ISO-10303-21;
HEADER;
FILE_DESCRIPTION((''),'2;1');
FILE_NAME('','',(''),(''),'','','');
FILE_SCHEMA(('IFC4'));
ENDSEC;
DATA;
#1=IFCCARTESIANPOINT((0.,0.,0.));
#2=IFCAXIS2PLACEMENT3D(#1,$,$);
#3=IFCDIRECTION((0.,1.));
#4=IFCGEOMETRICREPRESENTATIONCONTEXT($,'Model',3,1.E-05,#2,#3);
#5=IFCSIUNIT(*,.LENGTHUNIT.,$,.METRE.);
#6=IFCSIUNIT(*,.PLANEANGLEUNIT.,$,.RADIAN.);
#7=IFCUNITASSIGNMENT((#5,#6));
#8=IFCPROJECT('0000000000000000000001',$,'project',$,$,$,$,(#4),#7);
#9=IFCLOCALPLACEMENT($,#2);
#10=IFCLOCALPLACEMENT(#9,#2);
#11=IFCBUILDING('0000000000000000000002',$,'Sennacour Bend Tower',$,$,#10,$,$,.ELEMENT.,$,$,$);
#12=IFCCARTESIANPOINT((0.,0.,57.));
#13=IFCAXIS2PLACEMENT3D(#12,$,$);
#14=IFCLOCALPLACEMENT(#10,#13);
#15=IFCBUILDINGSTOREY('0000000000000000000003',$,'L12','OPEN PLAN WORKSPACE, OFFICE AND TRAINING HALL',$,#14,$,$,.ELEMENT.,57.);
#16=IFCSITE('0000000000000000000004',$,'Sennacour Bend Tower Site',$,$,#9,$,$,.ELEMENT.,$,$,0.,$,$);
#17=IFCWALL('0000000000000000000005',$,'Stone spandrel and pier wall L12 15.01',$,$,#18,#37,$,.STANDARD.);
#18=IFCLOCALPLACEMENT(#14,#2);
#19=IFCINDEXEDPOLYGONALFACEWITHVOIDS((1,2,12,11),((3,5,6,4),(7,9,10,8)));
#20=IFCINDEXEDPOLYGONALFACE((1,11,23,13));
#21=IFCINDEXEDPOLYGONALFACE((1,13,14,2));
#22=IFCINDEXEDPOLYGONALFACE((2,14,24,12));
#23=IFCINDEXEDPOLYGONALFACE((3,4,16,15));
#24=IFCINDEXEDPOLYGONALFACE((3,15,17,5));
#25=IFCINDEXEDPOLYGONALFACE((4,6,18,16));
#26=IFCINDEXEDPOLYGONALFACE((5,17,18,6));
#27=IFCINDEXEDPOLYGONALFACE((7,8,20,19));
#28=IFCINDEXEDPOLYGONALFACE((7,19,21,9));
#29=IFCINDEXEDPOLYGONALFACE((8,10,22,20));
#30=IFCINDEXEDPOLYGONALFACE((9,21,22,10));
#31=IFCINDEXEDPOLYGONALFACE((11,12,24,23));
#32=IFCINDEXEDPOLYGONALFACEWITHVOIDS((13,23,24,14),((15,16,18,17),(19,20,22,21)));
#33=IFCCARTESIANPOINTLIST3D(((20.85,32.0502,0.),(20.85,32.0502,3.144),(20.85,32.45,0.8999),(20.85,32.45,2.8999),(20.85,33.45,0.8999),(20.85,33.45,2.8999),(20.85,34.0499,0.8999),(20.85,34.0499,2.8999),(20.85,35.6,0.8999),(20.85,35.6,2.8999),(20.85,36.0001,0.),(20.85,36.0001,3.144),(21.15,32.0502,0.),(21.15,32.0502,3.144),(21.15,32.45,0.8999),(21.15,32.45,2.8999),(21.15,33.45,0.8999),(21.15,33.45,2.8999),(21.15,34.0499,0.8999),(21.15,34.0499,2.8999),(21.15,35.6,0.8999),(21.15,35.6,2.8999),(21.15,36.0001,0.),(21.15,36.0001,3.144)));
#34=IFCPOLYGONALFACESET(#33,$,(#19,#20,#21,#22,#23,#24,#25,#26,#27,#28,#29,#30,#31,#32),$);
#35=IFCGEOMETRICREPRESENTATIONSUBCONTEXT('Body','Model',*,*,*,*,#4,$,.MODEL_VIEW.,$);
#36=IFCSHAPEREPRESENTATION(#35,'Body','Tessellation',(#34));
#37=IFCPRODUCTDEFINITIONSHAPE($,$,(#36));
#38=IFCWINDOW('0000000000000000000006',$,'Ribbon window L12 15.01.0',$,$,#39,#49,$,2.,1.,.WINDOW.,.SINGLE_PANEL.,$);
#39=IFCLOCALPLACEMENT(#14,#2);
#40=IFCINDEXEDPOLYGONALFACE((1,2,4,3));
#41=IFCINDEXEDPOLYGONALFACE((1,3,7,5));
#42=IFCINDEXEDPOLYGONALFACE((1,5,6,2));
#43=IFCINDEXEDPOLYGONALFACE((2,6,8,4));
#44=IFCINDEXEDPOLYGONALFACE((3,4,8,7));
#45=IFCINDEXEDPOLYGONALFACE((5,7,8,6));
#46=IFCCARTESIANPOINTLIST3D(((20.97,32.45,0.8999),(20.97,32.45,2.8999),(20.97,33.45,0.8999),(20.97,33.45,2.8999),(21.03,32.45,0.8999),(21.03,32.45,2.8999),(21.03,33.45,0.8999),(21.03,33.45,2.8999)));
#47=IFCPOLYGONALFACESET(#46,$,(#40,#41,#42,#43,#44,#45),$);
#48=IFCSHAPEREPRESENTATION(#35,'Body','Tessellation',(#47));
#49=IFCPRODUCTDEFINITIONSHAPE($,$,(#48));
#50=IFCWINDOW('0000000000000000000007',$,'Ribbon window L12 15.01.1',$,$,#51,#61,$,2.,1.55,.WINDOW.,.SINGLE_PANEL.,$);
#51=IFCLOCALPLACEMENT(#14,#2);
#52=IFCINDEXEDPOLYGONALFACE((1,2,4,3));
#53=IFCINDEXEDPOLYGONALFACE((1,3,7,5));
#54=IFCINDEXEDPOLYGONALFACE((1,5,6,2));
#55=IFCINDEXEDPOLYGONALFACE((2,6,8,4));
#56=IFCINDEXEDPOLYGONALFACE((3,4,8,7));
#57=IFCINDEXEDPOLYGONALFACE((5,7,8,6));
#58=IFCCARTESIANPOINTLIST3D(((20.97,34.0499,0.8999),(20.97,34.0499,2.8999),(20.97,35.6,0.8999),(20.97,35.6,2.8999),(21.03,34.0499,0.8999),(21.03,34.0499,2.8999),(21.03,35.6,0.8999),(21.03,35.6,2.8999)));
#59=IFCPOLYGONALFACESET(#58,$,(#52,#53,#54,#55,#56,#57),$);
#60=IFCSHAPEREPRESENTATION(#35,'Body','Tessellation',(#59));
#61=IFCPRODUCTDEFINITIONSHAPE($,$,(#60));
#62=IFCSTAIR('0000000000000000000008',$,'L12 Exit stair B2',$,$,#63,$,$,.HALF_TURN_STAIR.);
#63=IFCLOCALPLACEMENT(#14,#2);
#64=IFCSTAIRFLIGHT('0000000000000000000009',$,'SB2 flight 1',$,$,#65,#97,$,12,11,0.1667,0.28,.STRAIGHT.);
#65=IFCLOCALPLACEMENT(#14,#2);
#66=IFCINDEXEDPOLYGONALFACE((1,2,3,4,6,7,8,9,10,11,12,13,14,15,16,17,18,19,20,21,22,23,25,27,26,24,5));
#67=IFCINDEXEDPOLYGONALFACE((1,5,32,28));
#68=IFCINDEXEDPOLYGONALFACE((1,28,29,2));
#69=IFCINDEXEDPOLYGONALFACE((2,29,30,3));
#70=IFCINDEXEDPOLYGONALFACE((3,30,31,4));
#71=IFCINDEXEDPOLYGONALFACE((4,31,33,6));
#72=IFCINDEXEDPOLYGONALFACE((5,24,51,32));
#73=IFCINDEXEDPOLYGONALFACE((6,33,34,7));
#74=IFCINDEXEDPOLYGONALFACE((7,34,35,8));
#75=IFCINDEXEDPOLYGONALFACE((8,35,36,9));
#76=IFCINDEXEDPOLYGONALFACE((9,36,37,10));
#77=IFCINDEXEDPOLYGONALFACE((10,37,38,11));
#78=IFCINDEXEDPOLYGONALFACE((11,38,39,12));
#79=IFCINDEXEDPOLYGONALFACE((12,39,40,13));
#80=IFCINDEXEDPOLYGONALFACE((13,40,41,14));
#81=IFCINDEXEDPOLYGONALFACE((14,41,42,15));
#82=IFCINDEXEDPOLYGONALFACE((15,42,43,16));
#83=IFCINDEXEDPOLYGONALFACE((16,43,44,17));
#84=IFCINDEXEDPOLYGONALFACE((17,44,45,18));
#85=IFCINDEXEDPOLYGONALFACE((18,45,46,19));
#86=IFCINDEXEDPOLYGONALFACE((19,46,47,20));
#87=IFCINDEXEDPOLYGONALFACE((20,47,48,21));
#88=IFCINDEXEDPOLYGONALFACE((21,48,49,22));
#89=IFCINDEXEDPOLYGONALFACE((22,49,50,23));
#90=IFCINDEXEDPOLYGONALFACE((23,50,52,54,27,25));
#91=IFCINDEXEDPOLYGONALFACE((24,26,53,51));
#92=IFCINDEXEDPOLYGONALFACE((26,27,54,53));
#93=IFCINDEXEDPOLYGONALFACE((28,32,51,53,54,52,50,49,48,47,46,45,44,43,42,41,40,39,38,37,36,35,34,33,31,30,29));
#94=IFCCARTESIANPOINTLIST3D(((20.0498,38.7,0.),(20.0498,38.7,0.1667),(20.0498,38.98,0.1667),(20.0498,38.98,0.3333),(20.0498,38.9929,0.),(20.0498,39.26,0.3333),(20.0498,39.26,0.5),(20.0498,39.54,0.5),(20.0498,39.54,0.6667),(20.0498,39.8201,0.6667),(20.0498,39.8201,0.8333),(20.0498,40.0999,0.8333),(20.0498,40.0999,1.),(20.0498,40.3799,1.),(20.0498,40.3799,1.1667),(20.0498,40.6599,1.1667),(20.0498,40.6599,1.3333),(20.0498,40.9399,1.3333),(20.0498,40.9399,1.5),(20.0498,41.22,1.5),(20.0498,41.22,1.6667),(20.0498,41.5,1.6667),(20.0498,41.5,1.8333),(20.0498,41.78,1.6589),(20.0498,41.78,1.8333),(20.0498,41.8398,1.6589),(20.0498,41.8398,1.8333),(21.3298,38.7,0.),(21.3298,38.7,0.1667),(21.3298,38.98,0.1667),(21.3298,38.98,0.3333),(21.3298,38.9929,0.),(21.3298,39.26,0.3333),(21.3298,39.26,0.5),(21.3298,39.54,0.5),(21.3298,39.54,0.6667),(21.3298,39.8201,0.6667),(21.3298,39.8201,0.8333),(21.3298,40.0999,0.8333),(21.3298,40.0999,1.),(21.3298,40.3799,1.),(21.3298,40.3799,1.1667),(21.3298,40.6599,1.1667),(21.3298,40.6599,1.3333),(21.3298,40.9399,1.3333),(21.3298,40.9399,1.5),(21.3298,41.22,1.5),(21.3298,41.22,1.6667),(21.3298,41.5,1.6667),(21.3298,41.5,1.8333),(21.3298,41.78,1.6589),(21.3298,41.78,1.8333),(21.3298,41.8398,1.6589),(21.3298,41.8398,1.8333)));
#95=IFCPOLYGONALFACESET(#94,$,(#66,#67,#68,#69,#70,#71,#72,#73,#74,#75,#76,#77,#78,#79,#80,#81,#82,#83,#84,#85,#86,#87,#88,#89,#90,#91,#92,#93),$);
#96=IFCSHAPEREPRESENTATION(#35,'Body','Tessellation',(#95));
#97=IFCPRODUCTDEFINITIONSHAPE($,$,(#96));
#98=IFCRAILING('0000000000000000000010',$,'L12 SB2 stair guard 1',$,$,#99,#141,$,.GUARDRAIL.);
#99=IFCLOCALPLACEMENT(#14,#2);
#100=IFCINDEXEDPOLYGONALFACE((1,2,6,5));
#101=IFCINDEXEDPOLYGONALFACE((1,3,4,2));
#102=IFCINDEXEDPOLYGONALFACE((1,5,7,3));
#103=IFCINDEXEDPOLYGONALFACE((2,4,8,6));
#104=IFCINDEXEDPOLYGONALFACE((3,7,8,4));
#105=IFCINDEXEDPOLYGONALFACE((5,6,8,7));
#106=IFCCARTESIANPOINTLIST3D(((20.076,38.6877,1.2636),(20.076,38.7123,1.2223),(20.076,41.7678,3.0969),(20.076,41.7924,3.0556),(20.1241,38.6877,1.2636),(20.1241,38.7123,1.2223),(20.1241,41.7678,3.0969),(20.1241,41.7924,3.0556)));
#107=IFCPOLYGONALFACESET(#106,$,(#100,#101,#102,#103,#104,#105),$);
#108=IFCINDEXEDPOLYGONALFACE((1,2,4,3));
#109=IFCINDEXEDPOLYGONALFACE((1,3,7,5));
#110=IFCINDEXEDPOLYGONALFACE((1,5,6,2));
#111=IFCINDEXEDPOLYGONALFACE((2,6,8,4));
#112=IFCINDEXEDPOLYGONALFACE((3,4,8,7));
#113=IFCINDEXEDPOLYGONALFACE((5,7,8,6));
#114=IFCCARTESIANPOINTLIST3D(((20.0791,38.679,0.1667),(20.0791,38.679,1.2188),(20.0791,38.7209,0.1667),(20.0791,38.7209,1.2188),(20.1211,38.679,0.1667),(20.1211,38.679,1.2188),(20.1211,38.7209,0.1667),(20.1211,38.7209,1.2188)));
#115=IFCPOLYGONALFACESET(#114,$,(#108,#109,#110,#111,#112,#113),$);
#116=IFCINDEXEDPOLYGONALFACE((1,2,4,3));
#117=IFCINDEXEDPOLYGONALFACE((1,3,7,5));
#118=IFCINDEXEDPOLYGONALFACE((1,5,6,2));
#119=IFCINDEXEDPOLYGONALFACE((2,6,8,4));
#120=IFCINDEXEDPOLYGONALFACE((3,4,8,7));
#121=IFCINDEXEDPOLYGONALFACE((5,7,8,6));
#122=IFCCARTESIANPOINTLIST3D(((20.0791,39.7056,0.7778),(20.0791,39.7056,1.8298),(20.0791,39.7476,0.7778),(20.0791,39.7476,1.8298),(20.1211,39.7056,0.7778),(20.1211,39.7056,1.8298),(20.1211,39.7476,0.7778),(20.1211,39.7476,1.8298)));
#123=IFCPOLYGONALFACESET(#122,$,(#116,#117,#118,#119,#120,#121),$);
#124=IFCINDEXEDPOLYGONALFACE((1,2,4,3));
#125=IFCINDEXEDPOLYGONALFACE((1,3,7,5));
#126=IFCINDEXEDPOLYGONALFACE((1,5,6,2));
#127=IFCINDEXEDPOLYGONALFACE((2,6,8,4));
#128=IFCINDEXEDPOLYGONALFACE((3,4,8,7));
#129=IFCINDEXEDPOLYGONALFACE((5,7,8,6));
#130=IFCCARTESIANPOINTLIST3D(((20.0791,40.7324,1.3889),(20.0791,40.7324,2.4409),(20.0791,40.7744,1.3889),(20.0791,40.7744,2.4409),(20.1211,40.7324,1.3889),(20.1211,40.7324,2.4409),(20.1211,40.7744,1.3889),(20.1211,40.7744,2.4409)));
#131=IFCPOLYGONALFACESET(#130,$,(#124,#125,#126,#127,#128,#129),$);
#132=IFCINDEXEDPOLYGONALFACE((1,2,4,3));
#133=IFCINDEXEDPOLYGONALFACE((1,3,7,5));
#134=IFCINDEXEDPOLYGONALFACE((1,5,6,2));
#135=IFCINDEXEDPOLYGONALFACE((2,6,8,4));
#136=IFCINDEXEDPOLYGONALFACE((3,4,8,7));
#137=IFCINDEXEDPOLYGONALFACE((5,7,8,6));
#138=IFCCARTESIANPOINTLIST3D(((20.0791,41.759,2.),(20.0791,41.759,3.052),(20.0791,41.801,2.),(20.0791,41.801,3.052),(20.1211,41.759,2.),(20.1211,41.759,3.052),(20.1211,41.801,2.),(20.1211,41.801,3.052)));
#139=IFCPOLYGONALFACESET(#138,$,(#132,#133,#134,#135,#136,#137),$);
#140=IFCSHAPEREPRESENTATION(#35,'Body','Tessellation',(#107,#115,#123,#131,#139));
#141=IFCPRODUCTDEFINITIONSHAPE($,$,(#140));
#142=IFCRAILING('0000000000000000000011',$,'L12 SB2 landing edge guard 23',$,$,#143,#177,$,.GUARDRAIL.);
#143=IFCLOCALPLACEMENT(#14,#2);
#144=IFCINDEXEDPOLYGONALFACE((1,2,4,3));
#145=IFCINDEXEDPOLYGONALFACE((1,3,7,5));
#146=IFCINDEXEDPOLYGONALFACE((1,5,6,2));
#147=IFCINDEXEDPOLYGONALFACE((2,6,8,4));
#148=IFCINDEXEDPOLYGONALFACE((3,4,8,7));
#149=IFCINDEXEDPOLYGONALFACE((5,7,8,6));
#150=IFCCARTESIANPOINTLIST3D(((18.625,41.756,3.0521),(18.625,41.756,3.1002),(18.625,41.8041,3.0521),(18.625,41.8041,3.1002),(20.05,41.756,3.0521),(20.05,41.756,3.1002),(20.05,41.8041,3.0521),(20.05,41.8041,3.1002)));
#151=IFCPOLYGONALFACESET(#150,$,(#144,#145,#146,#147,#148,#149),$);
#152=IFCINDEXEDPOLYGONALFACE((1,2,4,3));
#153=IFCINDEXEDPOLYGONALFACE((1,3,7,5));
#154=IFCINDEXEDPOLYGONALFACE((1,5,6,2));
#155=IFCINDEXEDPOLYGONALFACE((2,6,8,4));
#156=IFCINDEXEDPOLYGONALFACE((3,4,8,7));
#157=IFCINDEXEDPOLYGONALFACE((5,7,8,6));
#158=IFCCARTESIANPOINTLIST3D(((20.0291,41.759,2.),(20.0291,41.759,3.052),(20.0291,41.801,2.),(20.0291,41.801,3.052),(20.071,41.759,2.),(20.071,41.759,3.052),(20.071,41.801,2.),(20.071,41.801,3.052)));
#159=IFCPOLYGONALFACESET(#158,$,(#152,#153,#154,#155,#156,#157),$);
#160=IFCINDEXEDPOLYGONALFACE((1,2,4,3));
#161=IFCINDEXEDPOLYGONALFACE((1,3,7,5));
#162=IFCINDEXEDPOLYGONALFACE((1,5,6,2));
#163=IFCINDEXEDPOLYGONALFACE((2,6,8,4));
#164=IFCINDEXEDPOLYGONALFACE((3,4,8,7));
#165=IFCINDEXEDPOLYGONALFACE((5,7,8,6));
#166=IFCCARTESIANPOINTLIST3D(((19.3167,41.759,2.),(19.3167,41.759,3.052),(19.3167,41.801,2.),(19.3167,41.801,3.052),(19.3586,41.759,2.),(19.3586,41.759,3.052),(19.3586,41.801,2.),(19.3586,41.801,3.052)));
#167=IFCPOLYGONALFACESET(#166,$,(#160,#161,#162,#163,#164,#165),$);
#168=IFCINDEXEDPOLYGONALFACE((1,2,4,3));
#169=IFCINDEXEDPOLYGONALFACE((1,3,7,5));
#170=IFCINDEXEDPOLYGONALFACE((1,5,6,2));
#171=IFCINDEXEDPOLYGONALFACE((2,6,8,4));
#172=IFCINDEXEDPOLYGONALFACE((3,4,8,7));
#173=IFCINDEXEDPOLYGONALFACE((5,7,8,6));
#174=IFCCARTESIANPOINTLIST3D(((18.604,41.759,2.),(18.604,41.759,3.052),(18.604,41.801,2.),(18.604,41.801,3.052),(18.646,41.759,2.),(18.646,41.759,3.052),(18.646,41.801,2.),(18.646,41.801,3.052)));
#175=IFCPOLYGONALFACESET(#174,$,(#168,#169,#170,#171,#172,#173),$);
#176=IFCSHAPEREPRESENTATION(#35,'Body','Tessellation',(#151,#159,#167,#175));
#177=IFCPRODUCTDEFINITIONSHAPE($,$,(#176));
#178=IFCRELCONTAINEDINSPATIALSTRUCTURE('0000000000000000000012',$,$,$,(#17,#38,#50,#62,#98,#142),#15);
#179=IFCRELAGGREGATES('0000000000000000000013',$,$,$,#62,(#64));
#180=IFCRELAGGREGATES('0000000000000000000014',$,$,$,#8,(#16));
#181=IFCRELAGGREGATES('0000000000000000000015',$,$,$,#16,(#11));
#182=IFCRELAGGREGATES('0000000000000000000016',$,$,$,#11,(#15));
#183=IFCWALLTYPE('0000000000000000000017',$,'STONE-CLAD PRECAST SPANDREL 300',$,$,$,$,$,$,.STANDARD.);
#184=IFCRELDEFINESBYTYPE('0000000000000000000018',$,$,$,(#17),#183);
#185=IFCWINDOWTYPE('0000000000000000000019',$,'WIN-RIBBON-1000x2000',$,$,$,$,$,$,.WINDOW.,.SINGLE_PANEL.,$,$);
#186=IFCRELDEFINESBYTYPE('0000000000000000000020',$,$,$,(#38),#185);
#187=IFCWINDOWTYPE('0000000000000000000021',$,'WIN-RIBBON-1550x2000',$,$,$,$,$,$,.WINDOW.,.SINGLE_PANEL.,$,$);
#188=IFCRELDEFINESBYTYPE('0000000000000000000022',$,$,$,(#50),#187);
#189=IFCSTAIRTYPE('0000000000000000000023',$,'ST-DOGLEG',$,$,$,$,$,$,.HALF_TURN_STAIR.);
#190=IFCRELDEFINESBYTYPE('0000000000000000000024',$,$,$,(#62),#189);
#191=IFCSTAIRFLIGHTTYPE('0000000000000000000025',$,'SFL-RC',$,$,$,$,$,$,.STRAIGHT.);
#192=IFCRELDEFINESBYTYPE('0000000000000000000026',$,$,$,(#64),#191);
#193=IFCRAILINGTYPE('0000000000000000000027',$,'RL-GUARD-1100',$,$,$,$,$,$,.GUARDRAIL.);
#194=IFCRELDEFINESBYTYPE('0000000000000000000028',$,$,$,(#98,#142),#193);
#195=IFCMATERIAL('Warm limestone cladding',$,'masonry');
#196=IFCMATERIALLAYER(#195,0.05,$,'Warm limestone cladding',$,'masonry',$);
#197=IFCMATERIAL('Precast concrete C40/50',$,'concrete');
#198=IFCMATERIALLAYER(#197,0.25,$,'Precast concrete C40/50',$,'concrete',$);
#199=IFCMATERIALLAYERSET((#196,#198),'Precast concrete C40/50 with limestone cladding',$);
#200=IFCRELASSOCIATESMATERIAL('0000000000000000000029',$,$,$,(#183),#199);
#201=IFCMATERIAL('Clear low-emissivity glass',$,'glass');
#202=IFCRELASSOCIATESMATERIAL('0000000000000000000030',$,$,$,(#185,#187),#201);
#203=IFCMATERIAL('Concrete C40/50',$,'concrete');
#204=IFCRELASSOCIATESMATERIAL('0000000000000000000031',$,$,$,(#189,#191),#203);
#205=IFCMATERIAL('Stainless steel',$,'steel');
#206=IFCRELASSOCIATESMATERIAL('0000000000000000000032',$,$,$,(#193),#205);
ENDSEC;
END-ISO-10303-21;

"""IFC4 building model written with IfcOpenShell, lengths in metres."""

from ifc_helpers import new_model, si_unit, direction, frame, frame_2d, origin, origin_2d, place, context, subcontext, project, spatial, polyline, rectangle, outline, extrude, material, layer, layer_set, type_object, element, fill, aggregate, save


model = new_model("IFC4")

# Units and contexts
model_context = context("Model", 3, precision=1e-05, world=origin(), true_north=direction((0.0, 1.0)))
body_context = subcontext(model_context, "Body", "Model", "MODEL_VIEW")
ifc_project = project(units=[si_unit("LENGTHUNIT", "METRE"), si_unit("PLANEANGLEUNIT", "RADIAN")], contexts=[model_context])

# Site, building, storey
site_placement = place(None, origin())
site = spatial("IfcSite", under=ifc_project, at=site_placement, Name="Sennacour Bend Tower Site", CompositionType="ELEMENT", RefElevation=0.0)
building_placement = place(site_placement, origin())
building = spatial("IfcBuilding", under=site, at=building_placement, Name="Sennacour Bend Tower", CompositionType="ELEMENT")
storey_placement = place(building_placement, frame((0.0, 0.0, 57.0)))
storey = spatial("IfcBuildingStorey", under=building, at=storey_placement, Name="L12", Description="OPEN PLAN WORKSPACE, OFFICE AND TRAINING HALL", CompositionType="ELEMENT", Elevation=57.0)

# Shared definitions
ifc_material_1 = material(Name="Warm limestone cladding", Category="masonry")
ifc_layer_1 = layer(ifc_material_1, 0.05, Name="Warm limestone cladding", Category="masonry")
ifc_material_2 = material(Name="Precast concrete C40/50", Category="concrete")
ifc_layer_2 = layer(ifc_material_2, 0.25, Name="Precast concrete C40/50", Category="concrete")
ifc_layer_set_1 = layer_set([ifc_layer_1, ifc_layer_2], Name="Precast concrete C40/50 with limestone cladding")
wall_type_1 = type_object("IfcWallType", Name="STONE-CLAD PRECAST SPANDREL 300", PredefinedType="STANDARD", material=ifc_layer_set_1)

# Wall, openings, windows
wall_1_placement = place(storey_placement, frame((21.0, 32.05, 0.0), z_axis=(0.0, 0.0, 1.0), x_axis=(0.0, 1.0, 0.0)))
wall_1 = element("IfcWall", 1, at=wall_1_placement, inside=storey, type_object=wall_type_1, Name="Stone spandrel and pier wall L12 15.01", PredefinedType="STANDARD", context=body_context, shape_type="SweptSolid", body=[
    extrude(rectangle(XDim=3.95, YDim=0.3, at=frame_2d((1.9751, 0.0))), origin(), (0.0, 0.0, 1.0), 3.144),
])
opening_1_placement = place(wall_1_placement, frame((0.3999, 0.0, 0.8999)))
opening_1 = element("IfcOpeningElement", 2, at=opening_1_placement, cuts=wall_1, PredefinedType="OPENING", context=body_context, shape_type="SweptSolid", body=[
    extrude(rectangle(XDim=1.0, YDim=2.0, at=frame_2d((0.5, 1.0))), frame((0.0, 0.1602, 0.0), z_axis=(0.0, -1.0, 0.0), x_axis=(1.0, 0.0, 0.0)), (0.0, 0.0, 1.0), 0.3201),
])
opening_2_placement = place(wall_1_placement, frame((2.0, 0.0, 0.8999)))
opening_2 = element("IfcOpeningElement", 3, at=opening_2_placement, cuts=wall_1, PredefinedType="OPENING", context=body_context, shape_type="SweptSolid", body=[
    extrude(rectangle(XDim=1.55, YDim=2.0, at=frame_2d((0.7749, 1.0))), frame((0.0, 0.1602, 0.0), z_axis=(0.0, -1.0, 0.0), x_axis=(1.0, 0.0, 0.0)), (0.0, 0.0, 1.0), 0.3201),
])
ifc_material_3 = material(Name="Clear low-emissivity glass", Category="glass")
window_type_1 = type_object("IfcWindowType", Name="WIN-RIBBON-1000x2000", PartitioningType="SINGLE_PANEL", PredefinedType="WINDOW", material=ifc_material_3)
window_1_placement = place(opening_1_placement, origin())
window_1 = element("IfcWindow", 4, at=window_1_placement, inside=storey, type_object=window_type_1, Name="Ribbon window L12 15.01.0", OverallHeight=2.0, OverallWidth=1.0, PartitioningType="SINGLE_PANEL", PredefinedType="WINDOW", context=body_context, shape_type="SweptSolid", body=[
    extrude(rectangle(XDim=1.0, YDim=2.0, at=frame_2d((0.5, 1.0))), frame((0.0, 0.03, 0.0), z_axis=(0.0, -1.0, 0.0), x_axis=(1.0, 0.0, 0.0)), (0.0, 0.0, 1.0), 0.0601),
])
fill(opening_1, window_1)
window_type_2 = type_object("IfcWindowType", Name="WIN-RIBBON-1550x2000", PartitioningType="SINGLE_PANEL", PredefinedType="WINDOW", material=ifc_material_3)
window_2_placement = place(opening_2_placement, origin())
window_2 = element("IfcWindow", 5, at=window_2_placement, inside=storey, type_object=window_type_2, Name="Ribbon window L12 15.01.1", OverallHeight=2.0, OverallWidth=1.55, PartitioningType="SINGLE_PANEL", PredefinedType="WINDOW", context=body_context, shape_type="SweptSolid", body=[
    extrude(rectangle(XDim=1.55, YDim=2.0, at=frame_2d((0.7749, 1.0))), frame((0.0, 0.03, 0.0), z_axis=(0.0, -1.0, 0.0), x_axis=(1.0, 0.0, 0.0)), (0.0, 0.0, 1.0), 0.0601),
])
fill(opening_2, window_2)

# Stair, stair flight
ifc_material_4 = material(Name="Concrete C40/50", Category="concrete")
stair_type = type_object("IfcStairType", Name="ST-DOGLEG", PredefinedType="HALF_TURN_STAIR", material=ifc_material_4)
stair_placement = place(storey_placement, origin())
stair = element("IfcStair", 6, at=stair_placement, inside=storey, type_object=stair_type, Name="L12 Exit stair B2", PredefinedType="HALF_TURN_STAIR")
stair_flight_type = type_object("IfcStairFlightType", Name="SFL-RC", PredefinedType="STRAIGHT", material=ifc_material_4)
stair_flight_placement = place(storey_placement, frame((20.6899, 38.7, 0.0), z_axis=(0.0, 0.0, 1.0), x_axis=(0.0, 1.0, 0.0)))
stair_flight = element("IfcStairFlight", 7, at=stair_flight_placement, type_object=stair_flight_type, Name="SB2 flight 1", NumberOfRisers=12, NumberOfTreads=11, PredefinedType="STRAIGHT", RiserHeight=0.1667, TreadLength=0.28, context=body_context, shape_type="SweptSolid", body=[
    extrude(outline(polyline([(0.0, 0.0), (0.0, 0.1667), (0.28, 0.1667), (0.28, 0.3333), (0.5601, 0.3333), (0.5601, 0.5), (0.8401, 0.5), (0.8401, 0.6667), (1.1201, 0.6667), (1.1201, 0.8333), (1.3999, 0.8333), (1.3999, 1.0), (1.6799, 1.0), (1.6799, 1.1667), (1.96, 1.1667), (1.96, 1.3333), (2.24, 1.3333), (2.24, 1.5), (2.52, 1.5), (2.52, 1.6667), (2.8, 1.6667), (2.8, 1.8333), (3.0801, 1.8333), (3.1399, 1.8333), (3.1399, 1.6589), (3.0801, 1.6589), (0.293, 0.0), (0.0, 0.0)])), frame((0.0, 0.6401, 0.0), z_axis=(0.0, -1.0, 0.0), x_axis=(1.0, 0.0, 0.0)), (0.0, 0.0, 1.0), 1.28),
])
aggregate(stair, [stair_flight])

# Railings
ifc_material_5 = material(Name="Stainless steel", Category="steel")
railing_type_1 = type_object("IfcRailingType", Name="RL-GUARD-1100", PredefinedType="GUARDRAIL", material=ifc_material_5)
railing_1_placement = place(storey_placement, frame((20.1001, 38.7, 0.1667)))
element("IfcRailing", 8, at=railing_1_placement, inside=storey, type_object=railing_type_1, Name="L12 SB2 stair guard 1", PredefinedType="GUARDRAIL", context=body_context, shape_type="SweptSolid", body=[
    extrude(rectangle(XDim=0.0481, YDim=0.0481, at=origin_2d()), frame((0.0, 0.0, 1.0762), z_axis=(0.0, 0.859309, 0.511458), x_axis=(-1.0, 0.0, 0.0)), (0.0, 0.0, 1.0), 3.5845),
    extrude(rectangle(XDim=0.042, YDim=0.042, at=origin_2d()), origin(), (0.0, 0.0, 1.0), 1.052),
    extrude(rectangle(XDim=0.042, YDim=0.042, at=origin_2d()), frame((0.0, 1.0266, 0.6111)), (0.0, 0.0, 1.0), 1.052),
    extrude(rectangle(XDim=0.042, YDim=0.042, at=origin_2d()), frame((0.0, 2.0535, 1.2222)), (0.0, 0.0, 1.0), 1.052),
    extrude(rectangle(XDim=0.042, YDim=0.042, at=origin_2d()), frame((0.0, 3.0801, 1.8333)), (0.0, 0.0, 1.0), 1.052),
])
railing_2_placement = place(storey_placement, frame((20.05, 41.78, 2.0)))
element("IfcRailing", 9, at=railing_2_placement, inside=storey, type_object=railing_type_1, Name="L12 SB2 landing edge guard 23", PredefinedType="GUARDRAIL", context=body_context, shape_type="SweptSolid", body=[
    extrude(rectangle(XDim=0.0481, YDim=0.0481, at=origin_2d()), frame((0.0, 0.0, 1.0762), z_axis=(-1.0, 0.0, 0.0), x_axis=(0.0, -1.0, 0.0)), (0.0, 0.0, 1.0), 1.425),
    extrude(rectangle(XDim=0.042, YDim=0.042, at=origin_2d()), origin(), (0.0, 0.0, 1.0), 1.052),
    extrude(rectangle(XDim=0.042, YDim=0.042, at=origin_2d()), frame((-0.7124, 0.0, 0.0)), (0.0, 0.0, 1.0), 1.052),
    extrude(rectangle(XDim=0.042, YDim=0.042, at=origin_2d()), frame((-1.425, 0.0, 0.0)), (0.0, 0.0, 1.0), 1.052),
])

save(model, "model.ifc")
